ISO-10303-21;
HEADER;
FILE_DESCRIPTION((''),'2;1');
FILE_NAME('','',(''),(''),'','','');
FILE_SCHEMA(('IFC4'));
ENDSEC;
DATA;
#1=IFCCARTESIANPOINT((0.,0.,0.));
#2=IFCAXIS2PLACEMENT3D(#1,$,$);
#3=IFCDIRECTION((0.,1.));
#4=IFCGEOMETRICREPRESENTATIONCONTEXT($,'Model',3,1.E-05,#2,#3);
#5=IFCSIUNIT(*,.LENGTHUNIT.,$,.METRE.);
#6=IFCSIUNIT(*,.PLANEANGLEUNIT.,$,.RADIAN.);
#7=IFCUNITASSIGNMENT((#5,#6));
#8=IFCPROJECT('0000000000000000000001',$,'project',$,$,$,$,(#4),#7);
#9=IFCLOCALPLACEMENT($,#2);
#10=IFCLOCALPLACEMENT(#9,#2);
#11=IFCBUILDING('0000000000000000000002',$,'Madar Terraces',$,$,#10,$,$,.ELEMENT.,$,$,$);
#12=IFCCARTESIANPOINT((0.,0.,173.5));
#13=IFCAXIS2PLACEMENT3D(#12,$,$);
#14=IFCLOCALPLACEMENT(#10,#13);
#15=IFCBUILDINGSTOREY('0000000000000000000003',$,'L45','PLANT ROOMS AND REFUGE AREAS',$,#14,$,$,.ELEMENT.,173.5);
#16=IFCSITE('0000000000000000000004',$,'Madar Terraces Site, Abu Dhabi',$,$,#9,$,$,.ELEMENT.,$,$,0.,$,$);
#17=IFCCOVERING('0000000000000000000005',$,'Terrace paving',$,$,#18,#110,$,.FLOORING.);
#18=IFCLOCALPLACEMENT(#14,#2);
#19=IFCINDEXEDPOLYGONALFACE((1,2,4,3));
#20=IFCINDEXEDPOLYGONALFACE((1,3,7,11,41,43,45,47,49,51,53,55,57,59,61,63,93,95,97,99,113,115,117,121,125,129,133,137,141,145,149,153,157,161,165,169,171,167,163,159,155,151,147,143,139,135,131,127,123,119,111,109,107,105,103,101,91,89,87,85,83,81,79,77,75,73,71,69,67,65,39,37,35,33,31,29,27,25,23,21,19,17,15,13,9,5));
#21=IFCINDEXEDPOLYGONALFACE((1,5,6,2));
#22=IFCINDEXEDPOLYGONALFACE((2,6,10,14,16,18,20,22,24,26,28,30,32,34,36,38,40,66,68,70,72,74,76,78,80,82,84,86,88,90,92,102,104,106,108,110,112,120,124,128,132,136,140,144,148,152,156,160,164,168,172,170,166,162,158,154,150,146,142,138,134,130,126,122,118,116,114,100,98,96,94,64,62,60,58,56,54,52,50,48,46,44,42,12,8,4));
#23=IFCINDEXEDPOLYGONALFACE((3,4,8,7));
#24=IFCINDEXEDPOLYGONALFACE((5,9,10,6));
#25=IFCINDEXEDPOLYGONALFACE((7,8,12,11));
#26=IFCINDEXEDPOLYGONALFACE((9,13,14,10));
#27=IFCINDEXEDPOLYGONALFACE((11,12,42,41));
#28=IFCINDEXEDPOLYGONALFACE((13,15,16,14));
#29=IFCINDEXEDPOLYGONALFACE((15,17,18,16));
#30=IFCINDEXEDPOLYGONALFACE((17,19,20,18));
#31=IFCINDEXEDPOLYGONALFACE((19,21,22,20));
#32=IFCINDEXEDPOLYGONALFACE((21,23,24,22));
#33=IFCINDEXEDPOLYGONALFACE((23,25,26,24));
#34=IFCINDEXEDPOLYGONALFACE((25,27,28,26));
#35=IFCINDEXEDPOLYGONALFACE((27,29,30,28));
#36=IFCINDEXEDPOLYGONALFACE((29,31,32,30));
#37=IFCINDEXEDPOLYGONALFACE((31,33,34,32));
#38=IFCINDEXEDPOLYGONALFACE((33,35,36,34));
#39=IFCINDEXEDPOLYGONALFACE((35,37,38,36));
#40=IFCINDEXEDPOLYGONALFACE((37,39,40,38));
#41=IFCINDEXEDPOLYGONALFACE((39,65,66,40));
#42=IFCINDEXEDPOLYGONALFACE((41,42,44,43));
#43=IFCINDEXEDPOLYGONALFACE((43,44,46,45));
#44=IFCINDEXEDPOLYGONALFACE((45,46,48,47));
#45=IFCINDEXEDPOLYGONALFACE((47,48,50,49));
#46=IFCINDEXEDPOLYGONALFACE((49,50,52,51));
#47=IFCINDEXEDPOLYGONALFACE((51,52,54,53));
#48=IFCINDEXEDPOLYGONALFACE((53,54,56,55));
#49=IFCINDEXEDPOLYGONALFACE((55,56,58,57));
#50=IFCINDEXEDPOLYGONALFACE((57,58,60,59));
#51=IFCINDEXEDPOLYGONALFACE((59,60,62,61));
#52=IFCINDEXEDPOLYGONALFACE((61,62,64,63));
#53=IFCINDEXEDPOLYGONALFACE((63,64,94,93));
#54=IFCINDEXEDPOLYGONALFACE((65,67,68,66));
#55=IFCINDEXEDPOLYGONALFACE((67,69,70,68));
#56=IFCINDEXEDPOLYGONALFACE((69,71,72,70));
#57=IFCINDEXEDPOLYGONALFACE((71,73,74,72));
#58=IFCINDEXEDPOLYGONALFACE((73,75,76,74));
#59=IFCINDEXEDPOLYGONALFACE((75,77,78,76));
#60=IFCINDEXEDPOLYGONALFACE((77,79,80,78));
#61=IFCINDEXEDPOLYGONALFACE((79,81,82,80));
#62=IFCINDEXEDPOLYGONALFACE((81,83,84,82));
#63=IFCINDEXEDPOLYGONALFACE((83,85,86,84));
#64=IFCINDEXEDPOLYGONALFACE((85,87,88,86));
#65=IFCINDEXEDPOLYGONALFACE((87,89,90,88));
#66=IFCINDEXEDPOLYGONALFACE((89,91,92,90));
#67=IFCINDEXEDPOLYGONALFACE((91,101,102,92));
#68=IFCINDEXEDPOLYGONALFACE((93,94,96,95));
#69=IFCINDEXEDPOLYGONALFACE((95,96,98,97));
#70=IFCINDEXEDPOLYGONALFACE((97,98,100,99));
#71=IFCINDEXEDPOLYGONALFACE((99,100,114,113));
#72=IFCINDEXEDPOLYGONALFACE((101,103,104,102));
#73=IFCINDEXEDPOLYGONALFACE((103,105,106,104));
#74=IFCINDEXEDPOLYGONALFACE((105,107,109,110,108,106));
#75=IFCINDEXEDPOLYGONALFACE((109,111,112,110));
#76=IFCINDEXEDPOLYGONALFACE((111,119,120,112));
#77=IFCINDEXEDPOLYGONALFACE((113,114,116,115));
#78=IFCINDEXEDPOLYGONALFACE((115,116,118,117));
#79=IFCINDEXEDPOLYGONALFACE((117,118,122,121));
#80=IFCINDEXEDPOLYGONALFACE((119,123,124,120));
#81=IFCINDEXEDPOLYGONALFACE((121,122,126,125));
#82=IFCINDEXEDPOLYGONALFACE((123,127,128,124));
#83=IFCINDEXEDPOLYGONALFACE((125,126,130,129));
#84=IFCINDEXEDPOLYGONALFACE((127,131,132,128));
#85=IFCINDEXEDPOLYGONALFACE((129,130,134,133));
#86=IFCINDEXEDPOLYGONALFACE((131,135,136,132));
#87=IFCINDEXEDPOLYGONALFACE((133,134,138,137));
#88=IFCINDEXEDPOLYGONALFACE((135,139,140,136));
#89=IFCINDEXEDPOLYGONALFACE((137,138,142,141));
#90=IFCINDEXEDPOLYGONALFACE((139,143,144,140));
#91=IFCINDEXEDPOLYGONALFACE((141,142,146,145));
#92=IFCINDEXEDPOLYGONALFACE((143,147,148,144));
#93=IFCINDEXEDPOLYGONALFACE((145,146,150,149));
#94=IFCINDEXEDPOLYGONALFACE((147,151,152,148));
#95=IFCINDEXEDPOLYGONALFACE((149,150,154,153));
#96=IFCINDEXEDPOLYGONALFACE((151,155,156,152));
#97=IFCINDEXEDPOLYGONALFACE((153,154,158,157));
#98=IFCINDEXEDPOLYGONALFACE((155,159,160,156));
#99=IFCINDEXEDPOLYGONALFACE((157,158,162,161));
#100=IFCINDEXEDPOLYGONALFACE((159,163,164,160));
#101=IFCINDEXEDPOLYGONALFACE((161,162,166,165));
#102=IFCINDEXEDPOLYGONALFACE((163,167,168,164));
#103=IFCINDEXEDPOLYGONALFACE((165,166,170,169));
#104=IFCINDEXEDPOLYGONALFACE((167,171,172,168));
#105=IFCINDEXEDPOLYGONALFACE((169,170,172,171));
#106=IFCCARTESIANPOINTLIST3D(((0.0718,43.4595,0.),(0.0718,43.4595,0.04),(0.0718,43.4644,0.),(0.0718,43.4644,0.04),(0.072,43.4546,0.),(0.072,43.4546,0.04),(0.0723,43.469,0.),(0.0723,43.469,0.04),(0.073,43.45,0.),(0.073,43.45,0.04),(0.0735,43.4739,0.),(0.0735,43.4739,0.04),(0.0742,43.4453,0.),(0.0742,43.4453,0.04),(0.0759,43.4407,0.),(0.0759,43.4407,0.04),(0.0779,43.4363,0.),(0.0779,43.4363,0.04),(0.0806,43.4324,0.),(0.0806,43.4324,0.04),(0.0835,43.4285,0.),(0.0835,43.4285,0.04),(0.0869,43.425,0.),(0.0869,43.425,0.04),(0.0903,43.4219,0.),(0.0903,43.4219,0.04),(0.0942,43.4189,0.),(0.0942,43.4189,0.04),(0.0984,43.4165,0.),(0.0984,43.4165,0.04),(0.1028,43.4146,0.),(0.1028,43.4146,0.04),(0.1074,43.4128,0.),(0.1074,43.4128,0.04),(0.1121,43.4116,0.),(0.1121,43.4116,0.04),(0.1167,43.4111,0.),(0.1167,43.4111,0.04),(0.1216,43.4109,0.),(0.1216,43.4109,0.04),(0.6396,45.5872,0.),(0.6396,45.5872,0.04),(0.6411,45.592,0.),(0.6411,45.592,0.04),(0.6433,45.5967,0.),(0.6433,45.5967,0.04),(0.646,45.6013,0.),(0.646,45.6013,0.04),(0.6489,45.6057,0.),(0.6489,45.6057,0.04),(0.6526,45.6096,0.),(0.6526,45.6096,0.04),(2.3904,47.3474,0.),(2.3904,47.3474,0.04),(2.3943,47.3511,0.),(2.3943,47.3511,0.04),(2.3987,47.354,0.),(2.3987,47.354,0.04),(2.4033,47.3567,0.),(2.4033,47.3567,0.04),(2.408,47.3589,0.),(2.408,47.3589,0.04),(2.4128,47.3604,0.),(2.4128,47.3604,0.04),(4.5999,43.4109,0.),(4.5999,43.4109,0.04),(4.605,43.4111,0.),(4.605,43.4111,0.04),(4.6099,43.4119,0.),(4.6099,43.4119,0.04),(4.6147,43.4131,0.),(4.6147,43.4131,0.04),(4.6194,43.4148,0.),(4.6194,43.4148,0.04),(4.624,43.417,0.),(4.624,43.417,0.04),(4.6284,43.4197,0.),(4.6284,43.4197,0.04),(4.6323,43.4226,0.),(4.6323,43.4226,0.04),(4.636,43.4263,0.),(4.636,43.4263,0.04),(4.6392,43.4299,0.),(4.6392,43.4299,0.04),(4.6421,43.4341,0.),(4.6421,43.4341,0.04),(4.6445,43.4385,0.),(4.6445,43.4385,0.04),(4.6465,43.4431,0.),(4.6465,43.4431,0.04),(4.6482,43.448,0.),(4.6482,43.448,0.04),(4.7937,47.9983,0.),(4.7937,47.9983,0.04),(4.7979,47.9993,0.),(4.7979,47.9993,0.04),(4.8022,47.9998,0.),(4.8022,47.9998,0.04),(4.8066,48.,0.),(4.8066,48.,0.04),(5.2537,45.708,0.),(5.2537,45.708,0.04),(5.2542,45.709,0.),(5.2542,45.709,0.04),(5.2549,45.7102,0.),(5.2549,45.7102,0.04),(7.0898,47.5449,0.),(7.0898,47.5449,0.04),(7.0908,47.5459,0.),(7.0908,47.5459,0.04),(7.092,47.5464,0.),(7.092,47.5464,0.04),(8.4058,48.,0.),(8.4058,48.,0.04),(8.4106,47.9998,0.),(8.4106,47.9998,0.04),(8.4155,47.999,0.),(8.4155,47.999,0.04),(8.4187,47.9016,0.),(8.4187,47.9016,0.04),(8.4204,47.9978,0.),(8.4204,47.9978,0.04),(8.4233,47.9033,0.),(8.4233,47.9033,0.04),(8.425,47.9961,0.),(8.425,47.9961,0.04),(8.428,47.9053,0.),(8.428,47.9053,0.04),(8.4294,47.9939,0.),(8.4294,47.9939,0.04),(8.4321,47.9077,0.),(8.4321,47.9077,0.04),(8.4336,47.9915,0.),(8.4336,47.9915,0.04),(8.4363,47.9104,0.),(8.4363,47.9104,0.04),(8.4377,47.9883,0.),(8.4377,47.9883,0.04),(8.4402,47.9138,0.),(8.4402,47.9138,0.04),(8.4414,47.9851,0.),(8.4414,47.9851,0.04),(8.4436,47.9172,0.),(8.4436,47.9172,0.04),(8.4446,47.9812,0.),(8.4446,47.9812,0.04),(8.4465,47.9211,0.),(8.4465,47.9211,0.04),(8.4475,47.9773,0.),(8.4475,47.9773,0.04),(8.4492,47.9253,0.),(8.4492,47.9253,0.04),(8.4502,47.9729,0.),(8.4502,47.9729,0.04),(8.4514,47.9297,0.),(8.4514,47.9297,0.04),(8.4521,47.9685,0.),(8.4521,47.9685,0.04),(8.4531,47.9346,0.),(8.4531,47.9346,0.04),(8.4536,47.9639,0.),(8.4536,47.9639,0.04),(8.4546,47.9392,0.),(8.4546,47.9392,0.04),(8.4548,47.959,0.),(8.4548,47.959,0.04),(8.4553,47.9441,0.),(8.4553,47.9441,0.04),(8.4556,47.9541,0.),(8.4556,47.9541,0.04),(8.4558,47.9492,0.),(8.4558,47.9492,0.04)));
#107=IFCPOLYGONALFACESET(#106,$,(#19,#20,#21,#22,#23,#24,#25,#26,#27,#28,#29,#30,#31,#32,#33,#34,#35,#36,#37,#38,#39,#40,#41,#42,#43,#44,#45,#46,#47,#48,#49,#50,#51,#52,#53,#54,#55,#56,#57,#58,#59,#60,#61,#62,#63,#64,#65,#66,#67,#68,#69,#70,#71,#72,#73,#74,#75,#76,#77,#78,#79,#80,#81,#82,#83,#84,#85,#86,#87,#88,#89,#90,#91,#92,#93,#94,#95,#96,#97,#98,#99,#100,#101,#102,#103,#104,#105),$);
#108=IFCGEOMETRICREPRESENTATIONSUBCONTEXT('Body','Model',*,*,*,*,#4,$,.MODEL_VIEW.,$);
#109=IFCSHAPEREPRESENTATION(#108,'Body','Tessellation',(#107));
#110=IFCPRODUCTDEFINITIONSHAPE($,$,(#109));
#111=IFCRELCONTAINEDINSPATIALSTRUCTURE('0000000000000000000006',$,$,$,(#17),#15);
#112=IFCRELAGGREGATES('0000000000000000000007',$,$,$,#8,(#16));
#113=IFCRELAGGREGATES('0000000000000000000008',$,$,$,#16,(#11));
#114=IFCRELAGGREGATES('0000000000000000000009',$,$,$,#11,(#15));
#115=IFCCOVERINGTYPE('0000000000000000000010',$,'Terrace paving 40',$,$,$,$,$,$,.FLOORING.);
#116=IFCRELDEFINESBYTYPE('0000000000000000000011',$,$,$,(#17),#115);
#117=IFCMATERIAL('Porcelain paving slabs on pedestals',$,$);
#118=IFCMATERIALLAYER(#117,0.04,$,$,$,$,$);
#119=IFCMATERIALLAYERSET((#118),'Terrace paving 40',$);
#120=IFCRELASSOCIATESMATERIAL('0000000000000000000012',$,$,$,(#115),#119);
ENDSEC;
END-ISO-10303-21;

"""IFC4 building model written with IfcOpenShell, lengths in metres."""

from ifc_helpers import new_model, si_unit, direction, frame, origin, place, context, subcontext, project, spatial, polyline, outline, extrude, material, layer, layer_set, type_object, element, save


model = new_model("IFC4")

# Units and contexts
model_context = context("Model", 3, precision=1e-05, world=origin(), true_north=direction((0.0, 1.0)))
body_context = subcontext(model_context, "Body", "Model", "MODEL_VIEW")
ifc_project = project(units=[si_unit("LENGTHUNIT", "METRE"), si_unit("PLANEANGLEUNIT", "RADIAN")], contexts=[model_context])

# Site, building, storey
site_placement = place(None, origin())
site = spatial("IfcSite", under=ifc_project, at=site_placement, Name="Madar Terraces Site, Abu Dhabi", CompositionType="ELEMENT", RefElevation=0.0)
building_placement = place(site_placement, origin())
building = spatial("IfcBuilding", under=site, at=building_placement, Name="Madar Terraces", CompositionType="ELEMENT")
storey_placement = place(building_placement, frame((0.0, 0.0, 173.5)))
storey = spatial("IfcBuildingStorey", under=building, at=storey_placement, Name="L45", Description="PLANT ROOMS AND REFUGE AREAS", CompositionType="ELEMENT", Elevation=173.5)

# Covering
ifc_material_1 = material(Name="Porcelain paving slabs on pedestals")
ifc_layer_1 = layer(ifc_material_1, 0.04)
ifc_layer_set_1 = layer_set([ifc_layer_1], Name="Terrace paving 40")
covering_type = type_object("IfcCoveringType", Name="Terrace paving 40", PredefinedType="FLOORING", material=ifc_layer_set_1)
covering_1_placement = place(storey_placement, origin())
element("IfcCovering", 1, at=covering_1_placement, inside=storey, type_object=covering_type, Name="Terrace paving", PredefinedType="FLOORING", context=body_context, shape_type="SweptSolid", body=[
    extrude(outline(polyline([(0.646, 45.6013), (0.6489, 45.6057), (0.6526, 45.6096), (2.3904, 47.3474), (2.3943, 47.3511), (2.3987, 47.354), (2.4033, 47.3567), (2.408, 47.3589), (2.4128, 47.3604), (4.7937, 47.9983), (4.7979, 47.9993), (4.8022, 47.9998), (4.8066, 48.0), (8.4058, 48.0), (8.4106, 47.9998), (8.4155, 47.999), (8.4204, 47.9978), (8.425, 47.9961), (8.4294, 47.9939), (8.4336, 47.9915), (8.4377, 47.9883), (8.4414, 47.9851), (8.4446, 47.9812), (8.4475, 47.9773), (8.4502, 47.9729), (8.4521, 47.9685), (8.4536, 47.9639), (8.4548, 47.959), (8.4556, 47.9541), (8.4558, 47.9492), (8.4553, 47.9441), (8.4546, 47.9392), (8.4531, 47.9346), (8.4514, 47.9297), (8.4492, 47.9253), (8.4465, 47.9211), (8.4436, 47.9172), (8.4402, 47.9138), (8.4363, 47.9104), (8.4321, 47.9077), (8.428, 47.9053), (8.4233, 47.9033), (8.4187, 47.9016), (7.092, 47.5464), (7.0908, 47.5459), (7.0898, 47.5449), (5.2549, 45.7102), (5.2542, 45.709), (5.2537, 45.708), (4.6482, 43.448), (4.6465, 43.4431), (4.6445, 43.4385), (4.6421, 43.4341), (4.6392, 43.4299), (4.636, 43.4263), (4.6323, 43.4226), (4.6284, 43.4197), (4.624, 43.417), (4.6194, 43.4148), (4.6147, 43.4131), (4.6099, 43.4119), (4.605, 43.4111), (4.5999, 43.4109), (0.1216, 43.4109), (0.1167, 43.4111), (0.1121, 43.4116), (0.1074, 43.4128), (0.1028, 43.4146), (0.0984, 43.4165), (0.0942, 43.4189), (0.0903, 43.4219), (0.0869, 43.425), (0.0835, 43.4285), (0.0806, 43.4324), (0.0779, 43.4363), (0.0759, 43.4407), (0.0742, 43.4453), (0.073, 43.45), (0.072, 43.4546), (0.0718, 43.4595), (0.0718, 43.4644), (0.0723, 43.469), (0.0735, 43.4739), (0.6396, 45.5872), (0.6411, 45.592), (0.6433, 45.5967), (0.646, 45.6013)])), origin(), (0.0, 0.0, 1.0), 0.04),
])

save(model, "model.ifc")
